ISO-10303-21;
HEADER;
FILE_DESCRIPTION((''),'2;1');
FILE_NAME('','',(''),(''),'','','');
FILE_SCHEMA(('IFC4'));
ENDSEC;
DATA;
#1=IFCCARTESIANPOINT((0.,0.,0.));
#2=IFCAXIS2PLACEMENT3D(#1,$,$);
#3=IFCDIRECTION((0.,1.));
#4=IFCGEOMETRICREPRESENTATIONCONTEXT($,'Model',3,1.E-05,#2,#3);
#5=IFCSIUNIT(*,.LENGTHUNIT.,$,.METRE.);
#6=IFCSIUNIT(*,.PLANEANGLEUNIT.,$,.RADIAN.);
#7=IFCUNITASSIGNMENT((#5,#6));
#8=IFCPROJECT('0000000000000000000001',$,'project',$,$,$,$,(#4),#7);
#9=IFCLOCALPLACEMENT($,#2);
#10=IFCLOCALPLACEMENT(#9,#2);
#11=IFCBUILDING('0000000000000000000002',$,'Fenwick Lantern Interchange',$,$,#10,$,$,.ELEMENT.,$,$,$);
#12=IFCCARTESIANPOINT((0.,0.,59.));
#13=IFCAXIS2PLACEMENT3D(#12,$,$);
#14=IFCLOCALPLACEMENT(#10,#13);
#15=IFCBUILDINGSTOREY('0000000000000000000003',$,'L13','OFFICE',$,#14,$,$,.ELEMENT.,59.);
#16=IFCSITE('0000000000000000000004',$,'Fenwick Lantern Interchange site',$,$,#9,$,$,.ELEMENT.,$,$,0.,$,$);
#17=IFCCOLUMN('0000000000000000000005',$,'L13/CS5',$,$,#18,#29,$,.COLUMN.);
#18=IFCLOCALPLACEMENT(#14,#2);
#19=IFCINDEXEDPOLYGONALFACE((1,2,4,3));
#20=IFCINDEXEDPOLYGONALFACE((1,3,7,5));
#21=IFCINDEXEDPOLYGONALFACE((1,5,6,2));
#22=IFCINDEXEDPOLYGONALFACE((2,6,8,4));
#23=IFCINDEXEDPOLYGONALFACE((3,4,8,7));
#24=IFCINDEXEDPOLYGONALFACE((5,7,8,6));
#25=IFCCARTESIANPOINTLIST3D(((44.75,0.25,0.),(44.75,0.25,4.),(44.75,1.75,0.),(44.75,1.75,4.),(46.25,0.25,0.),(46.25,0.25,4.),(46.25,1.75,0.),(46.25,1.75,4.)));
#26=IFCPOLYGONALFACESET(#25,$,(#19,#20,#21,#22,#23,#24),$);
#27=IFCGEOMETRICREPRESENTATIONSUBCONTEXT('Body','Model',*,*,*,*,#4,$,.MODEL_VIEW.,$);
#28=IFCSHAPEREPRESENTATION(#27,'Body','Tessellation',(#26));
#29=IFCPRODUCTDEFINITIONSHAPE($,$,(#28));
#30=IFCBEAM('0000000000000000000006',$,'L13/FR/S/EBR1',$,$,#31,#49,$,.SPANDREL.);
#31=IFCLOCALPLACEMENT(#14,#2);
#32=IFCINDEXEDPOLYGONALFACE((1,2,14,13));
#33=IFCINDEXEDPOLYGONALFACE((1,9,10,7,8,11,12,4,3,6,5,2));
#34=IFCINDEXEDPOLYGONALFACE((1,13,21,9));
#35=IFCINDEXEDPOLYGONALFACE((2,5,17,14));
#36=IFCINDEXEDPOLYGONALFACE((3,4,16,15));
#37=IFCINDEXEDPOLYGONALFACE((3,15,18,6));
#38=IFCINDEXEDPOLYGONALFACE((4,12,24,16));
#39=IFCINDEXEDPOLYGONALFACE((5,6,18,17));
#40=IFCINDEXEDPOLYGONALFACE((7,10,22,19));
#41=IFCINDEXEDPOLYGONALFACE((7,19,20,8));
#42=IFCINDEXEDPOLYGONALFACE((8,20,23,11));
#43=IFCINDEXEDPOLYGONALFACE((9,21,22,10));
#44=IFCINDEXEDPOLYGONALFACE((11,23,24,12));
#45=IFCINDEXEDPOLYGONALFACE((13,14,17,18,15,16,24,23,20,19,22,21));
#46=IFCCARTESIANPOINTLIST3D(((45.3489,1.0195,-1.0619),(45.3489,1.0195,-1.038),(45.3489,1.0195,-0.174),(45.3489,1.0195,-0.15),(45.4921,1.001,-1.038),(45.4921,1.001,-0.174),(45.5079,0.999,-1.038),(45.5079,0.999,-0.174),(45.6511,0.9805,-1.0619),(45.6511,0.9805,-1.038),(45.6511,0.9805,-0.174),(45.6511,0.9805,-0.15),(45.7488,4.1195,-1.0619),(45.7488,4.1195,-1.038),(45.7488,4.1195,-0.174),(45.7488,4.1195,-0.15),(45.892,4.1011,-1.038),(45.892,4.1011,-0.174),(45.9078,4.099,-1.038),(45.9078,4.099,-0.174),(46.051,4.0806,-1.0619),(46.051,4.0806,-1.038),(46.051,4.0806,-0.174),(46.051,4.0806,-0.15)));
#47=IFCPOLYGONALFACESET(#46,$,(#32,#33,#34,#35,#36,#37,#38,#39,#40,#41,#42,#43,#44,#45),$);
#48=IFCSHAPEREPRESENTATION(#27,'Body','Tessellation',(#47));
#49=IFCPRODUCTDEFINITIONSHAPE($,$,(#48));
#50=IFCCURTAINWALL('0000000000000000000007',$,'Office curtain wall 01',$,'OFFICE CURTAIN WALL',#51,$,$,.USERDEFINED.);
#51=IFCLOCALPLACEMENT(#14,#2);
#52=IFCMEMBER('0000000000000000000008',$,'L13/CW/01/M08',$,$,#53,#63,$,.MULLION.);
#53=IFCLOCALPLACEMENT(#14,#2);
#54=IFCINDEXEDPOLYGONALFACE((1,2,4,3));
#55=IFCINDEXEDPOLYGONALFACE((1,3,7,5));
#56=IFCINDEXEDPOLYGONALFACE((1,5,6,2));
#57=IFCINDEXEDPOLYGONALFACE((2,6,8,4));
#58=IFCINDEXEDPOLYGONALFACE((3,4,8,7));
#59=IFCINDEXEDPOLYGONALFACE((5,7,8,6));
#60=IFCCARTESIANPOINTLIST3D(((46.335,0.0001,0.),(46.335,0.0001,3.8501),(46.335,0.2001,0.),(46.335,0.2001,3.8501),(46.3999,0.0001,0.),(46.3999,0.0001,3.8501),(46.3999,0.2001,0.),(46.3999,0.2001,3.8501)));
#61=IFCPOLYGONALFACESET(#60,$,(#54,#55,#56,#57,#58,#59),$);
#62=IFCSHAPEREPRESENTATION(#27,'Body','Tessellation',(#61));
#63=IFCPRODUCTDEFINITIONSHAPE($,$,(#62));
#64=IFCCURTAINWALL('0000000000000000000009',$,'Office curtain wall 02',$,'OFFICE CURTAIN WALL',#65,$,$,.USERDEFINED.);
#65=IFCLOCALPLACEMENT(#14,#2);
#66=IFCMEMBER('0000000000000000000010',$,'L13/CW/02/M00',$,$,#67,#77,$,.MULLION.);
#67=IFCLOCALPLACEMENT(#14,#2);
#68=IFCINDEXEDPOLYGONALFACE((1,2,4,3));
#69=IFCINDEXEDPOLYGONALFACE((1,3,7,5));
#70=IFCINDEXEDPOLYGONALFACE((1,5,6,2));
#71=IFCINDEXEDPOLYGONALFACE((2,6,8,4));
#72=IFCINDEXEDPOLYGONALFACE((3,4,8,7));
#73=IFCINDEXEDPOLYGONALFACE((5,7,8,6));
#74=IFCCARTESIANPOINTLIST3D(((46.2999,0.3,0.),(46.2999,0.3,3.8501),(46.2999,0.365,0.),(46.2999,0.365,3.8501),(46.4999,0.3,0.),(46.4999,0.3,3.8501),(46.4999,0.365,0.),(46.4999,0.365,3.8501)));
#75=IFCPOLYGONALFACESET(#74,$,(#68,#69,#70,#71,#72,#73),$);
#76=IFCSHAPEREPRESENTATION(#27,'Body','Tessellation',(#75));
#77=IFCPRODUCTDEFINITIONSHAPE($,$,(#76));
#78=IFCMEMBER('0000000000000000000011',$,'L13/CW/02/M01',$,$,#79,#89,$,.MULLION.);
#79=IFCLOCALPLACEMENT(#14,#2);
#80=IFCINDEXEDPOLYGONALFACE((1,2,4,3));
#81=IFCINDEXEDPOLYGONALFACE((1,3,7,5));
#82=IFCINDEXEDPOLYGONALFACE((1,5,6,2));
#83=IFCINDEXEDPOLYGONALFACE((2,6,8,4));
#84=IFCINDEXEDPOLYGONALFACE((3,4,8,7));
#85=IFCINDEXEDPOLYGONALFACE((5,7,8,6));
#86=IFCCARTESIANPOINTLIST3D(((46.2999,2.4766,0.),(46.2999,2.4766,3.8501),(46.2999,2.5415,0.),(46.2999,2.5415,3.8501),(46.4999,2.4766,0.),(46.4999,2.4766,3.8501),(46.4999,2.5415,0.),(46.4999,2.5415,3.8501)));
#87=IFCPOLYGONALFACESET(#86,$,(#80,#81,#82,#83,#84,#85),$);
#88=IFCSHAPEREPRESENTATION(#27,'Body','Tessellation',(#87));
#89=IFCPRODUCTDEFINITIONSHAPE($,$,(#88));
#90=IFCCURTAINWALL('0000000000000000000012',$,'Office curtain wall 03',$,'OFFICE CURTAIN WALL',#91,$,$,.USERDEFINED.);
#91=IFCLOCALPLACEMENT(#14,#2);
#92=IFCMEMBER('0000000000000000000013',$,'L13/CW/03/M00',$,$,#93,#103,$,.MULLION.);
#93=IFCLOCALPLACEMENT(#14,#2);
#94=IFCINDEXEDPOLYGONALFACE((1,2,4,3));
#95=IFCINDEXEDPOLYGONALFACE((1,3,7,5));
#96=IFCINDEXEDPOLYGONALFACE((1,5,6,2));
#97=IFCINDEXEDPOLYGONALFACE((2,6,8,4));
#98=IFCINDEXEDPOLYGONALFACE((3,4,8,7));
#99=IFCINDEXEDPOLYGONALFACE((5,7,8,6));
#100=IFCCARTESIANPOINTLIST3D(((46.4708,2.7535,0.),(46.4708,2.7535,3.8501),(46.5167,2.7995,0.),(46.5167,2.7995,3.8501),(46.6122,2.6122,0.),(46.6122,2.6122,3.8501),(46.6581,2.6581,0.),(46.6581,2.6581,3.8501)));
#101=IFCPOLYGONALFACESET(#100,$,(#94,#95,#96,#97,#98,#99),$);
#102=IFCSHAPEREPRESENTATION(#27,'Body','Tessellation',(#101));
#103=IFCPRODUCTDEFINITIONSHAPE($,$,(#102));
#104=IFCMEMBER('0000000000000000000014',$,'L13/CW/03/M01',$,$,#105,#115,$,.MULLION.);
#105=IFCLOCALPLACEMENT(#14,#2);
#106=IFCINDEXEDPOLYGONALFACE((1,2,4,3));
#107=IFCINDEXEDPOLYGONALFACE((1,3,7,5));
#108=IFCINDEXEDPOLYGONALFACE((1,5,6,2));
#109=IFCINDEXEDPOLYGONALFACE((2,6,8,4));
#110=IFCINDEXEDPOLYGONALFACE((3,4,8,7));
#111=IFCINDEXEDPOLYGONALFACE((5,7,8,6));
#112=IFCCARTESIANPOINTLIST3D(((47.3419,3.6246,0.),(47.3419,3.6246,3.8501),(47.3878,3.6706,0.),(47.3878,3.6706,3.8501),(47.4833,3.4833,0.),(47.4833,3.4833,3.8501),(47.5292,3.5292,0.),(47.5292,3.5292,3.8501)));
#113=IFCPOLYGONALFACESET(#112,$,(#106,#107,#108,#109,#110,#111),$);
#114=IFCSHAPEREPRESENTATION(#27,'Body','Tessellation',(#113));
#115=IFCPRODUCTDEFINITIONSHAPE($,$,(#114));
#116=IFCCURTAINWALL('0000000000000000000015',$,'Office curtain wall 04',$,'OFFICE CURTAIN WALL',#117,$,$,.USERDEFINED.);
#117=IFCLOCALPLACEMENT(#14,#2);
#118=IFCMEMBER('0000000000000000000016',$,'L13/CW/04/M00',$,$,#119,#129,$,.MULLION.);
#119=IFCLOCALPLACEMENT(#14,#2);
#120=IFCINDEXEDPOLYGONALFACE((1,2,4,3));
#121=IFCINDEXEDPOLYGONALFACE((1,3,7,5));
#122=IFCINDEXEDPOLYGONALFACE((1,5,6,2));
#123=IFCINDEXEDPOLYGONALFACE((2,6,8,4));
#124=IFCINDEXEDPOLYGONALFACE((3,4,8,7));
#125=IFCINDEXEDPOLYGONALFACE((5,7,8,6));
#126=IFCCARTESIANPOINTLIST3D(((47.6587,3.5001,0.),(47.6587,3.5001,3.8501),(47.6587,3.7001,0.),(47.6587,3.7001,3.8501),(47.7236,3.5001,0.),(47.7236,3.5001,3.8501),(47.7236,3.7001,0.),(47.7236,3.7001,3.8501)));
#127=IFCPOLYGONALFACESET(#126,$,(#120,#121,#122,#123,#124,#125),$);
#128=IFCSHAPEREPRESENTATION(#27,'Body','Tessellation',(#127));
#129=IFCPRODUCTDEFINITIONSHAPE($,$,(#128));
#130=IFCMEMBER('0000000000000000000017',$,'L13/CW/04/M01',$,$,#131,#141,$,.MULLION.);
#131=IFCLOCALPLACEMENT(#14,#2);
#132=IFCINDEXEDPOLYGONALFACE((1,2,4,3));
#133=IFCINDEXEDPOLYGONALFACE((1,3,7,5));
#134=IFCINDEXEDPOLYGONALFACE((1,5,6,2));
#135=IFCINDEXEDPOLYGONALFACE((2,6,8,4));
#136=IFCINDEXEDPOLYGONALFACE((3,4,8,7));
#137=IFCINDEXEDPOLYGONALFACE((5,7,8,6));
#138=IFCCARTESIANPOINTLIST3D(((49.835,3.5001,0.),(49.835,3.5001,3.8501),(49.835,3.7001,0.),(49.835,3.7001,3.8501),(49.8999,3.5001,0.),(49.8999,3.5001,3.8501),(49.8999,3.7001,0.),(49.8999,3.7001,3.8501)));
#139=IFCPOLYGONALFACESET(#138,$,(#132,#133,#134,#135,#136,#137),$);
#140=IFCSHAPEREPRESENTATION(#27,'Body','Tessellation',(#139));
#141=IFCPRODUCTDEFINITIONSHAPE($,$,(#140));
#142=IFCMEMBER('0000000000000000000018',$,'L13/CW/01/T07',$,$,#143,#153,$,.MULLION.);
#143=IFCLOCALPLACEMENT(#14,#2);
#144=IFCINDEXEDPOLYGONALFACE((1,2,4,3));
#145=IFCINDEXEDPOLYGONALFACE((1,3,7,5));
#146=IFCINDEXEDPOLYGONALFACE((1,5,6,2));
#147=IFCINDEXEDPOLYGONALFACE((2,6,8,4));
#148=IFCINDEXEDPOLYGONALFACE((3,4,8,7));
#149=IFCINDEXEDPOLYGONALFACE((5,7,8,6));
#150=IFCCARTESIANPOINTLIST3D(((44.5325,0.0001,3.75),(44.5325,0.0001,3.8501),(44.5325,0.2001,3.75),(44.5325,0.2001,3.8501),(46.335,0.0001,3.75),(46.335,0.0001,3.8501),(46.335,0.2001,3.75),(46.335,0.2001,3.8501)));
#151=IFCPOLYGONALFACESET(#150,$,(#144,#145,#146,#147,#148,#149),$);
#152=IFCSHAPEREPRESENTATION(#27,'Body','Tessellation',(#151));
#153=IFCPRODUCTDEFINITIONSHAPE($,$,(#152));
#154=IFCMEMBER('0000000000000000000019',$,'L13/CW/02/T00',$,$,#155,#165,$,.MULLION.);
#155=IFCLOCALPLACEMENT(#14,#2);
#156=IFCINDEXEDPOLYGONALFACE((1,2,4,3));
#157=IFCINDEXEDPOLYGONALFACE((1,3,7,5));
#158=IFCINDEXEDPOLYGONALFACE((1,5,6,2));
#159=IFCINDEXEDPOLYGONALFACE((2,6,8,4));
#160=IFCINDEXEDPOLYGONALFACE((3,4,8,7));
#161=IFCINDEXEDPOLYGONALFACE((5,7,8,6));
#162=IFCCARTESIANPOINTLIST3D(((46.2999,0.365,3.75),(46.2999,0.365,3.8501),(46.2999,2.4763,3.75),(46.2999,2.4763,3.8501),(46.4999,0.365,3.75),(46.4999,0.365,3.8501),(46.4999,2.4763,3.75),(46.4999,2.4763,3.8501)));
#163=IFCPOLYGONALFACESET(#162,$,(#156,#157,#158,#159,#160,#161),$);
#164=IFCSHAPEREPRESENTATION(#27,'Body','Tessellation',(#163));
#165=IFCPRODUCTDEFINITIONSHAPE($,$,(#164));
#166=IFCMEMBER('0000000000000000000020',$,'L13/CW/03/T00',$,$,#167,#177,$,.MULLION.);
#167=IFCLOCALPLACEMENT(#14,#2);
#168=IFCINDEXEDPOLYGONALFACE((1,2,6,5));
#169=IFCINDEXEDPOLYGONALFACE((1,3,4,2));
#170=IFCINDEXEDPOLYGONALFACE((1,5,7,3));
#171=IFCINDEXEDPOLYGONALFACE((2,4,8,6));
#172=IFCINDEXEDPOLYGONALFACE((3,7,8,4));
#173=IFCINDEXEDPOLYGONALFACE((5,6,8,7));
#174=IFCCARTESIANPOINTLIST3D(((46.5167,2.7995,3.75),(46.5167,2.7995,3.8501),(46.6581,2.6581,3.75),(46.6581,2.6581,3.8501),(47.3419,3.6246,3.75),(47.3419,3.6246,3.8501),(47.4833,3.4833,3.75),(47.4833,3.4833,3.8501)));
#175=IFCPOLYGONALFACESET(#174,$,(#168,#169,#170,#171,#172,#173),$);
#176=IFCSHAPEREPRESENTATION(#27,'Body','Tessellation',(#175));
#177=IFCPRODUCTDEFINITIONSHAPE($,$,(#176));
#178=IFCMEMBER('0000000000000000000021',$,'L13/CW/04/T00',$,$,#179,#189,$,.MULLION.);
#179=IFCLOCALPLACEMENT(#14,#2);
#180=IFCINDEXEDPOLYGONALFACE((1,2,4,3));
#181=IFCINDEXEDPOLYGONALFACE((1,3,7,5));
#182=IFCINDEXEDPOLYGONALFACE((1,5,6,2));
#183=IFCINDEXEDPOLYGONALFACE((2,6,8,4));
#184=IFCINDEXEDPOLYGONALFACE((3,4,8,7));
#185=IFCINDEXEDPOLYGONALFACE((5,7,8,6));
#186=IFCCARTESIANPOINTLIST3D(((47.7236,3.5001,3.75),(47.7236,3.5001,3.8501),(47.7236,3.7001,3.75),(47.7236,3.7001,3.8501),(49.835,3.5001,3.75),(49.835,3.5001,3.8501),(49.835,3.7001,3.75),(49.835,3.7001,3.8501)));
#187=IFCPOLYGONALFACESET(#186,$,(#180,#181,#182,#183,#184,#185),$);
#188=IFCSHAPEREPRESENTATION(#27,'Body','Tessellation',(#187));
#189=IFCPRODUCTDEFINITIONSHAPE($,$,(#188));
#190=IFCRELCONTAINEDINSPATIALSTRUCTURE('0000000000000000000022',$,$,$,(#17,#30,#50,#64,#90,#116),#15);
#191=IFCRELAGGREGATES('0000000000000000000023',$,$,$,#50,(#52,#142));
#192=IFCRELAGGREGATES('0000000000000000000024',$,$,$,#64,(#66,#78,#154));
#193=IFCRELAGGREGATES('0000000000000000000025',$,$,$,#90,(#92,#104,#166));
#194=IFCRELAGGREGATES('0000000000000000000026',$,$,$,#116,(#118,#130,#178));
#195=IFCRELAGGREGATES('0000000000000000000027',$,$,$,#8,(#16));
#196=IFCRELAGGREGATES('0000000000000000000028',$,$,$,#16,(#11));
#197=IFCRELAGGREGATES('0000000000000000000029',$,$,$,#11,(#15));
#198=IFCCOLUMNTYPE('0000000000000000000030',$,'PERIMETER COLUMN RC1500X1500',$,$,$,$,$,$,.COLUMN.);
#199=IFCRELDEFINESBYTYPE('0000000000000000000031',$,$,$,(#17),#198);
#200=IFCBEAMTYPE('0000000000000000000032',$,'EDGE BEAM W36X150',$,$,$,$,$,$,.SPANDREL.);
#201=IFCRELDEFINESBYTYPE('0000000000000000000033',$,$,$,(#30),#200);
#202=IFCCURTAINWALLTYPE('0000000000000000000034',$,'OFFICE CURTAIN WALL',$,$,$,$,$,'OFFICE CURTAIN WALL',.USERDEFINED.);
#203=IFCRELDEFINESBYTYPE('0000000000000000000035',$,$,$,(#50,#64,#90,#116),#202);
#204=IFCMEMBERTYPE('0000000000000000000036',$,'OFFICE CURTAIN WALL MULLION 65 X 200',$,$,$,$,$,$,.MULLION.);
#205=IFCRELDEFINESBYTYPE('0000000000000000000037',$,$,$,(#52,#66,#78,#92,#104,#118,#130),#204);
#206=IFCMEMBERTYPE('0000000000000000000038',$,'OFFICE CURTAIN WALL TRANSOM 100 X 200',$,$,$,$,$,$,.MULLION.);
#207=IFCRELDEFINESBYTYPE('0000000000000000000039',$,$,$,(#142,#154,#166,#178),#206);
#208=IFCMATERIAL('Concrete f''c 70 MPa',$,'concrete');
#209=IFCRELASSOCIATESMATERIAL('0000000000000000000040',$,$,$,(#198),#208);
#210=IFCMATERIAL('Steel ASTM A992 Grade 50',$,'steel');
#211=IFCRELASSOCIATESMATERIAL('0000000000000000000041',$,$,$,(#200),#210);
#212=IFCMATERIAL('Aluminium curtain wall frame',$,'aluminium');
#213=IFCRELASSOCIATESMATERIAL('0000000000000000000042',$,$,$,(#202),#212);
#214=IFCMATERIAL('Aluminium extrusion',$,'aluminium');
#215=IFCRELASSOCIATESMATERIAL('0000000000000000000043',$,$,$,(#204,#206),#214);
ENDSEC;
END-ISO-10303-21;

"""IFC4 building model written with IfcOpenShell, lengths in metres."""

from ifc_helpers import new_model, si_unit, direction, frame, origin, origin_2d, place, context, subcontext, project, spatial, rectangle, i_section, extrude, material, material_profile, profile_set, type_object, element, aggregate, save


model = new_model("IFC4")

# Units and contexts
model_context = context("Model", 3, precision=1e-05, world=origin(), true_north=direction((0.0, 1.0)))
body_context = subcontext(model_context, "Body", "Model", "MODEL_VIEW")
ifc_project = project(units=[si_unit("LENGTHUNIT", "METRE"), si_unit("PLANEANGLEUNIT", "RADIAN")], contexts=[model_context])

# Site, building, storey
site_placement = place(None, origin())
site = spatial("IfcSite", under=ifc_project, at=site_placement, Name="Fenwick Lantern Interchange site", CompositionType="ELEMENT", RefElevation=0.0)
building_placement = place(site_placement, origin())
building = spatial("IfcBuilding", under=site, at=building_placement, Name="Fenwick Lantern Interchange", CompositionType="ELEMENT")
storey_placement = place(building_placement, frame((0.0, 0.0, 59.0)))
storey = spatial("IfcBuildingStorey", under=building, at=storey_placement, Name="L13", Description="OFFICE", CompositionType="ELEMENT", Elevation=59.0)

# Column
ifc_material_1 = material(Name="Concrete f'c 70 MPa", Category="concrete")
ifc_material_profile_1 = material_profile(ifc_material_1, rectangle(XDim=1.5, YDim=1.5, at=origin_2d()), Name="RC1500X1500")
ifc_profile_set_1 = profile_set([ifc_material_profile_1], Name="Concrete f'c 70 MPa")
column_type = type_object("IfcColumnType", Name="PERIMETER COLUMN RC1500X1500", PredefinedType="COLUMN", material=ifc_profile_set_1)
column_placement = place(storey_placement, frame((45.5, 1.0, 0.0), z_axis=(0.0, 0.0, 1.0), x_axis=(1.0, 0.0, 0.0)))
element("IfcColumn", 1, at=column_placement, inside=storey, type_object=column_type, Name="L13/CS5", PredefinedType="COLUMN", context=body_context, shape_type="SweptSolid", body=[
    extrude(rectangle(XDim=1.5, YDim=1.5, at=origin_2d()), origin(), (0.0, 0.0, 1.0), 4.0),
])

# Beam
ifc_material_2 = material(Name="Steel ASTM A992 Grade 50", Category="steel")
ifc_material_profile_2 = material_profile(ifc_material_2, i_section(OverallWidth=0.3047, OverallDepth=0.9119, WebThickness=0.0159, FlangeThickness=0.0239, at=origin_2d()), Name="W36X150")
ifc_profile_set_2 = profile_set([ifc_material_profile_2], Name="Steel ASTM A992 Grade 50")
beam_type = type_object("IfcBeamType", Name="EDGE BEAM W36X150", PredefinedType="SPANDREL", material=ifc_profile_set_2)
beam_placement = place(storey_placement, frame((45.5, 1.0, -0.606), z_axis=(0.127937, 0.991782, 0.0), x_axis=(-0.991782, 0.127937, 0.0)))
element("IfcBeam", 2, at=beam_placement, inside=storey, type_object=beam_type, Name="L13/FR/S/EBR1", PredefinedType="SPANDREL", context=body_context, shape_type="SweptSolid", body=[
    extrude(i_section(OverallWidth=0.3047, OverallDepth=0.9119, WebThickness=0.0159, FlangeThickness=0.0239, at=origin_2d()), origin(), (0.0, 0.0, 1.0), 3.1257),
])

# Curtain wall, member
ifc_material_3 = material(Name="Aluminium curtain wall frame", Category="aluminium")
curtain_wall_type = type_object("IfcCurtainWallType", Name="OFFICE CURTAIN WALL", ElementType="OFFICE CURTAIN WALL", PredefinedType="USERDEFINED", material=ifc_material_3)
curtain_wall_1_placement = place(storey_placement, origin())
curtain_wall_1 = element("IfcCurtainWall", 3, at=curtain_wall_1_placement, inside=storey, type_object=curtain_wall_type, Name="Office curtain wall 01", ObjectType="OFFICE CURTAIN WALL", PredefinedType="USERDEFINED")
ifc_material_4 = material(Name="Aluminium extrusion", Category="aluminium")
ifc_material_profile_3 = material_profile(ifc_material_4, rectangle(XDim=0.2, YDim=0.0649, at=origin_2d()), Name="OFFICE CURTAIN WALL MULLION 65 X 200")
ifc_profile_set_3 = profile_set([ifc_material_profile_3], Name="Aluminium extrusion")
member_type_1 = type_object("IfcMemberType", Name="OFFICE CURTAIN WALL MULLION 65 X 200", PredefinedType="MULLION", material=ifc_profile_set_3)
member_1_placement = place(storey_placement, frame((46.3674, 0.1001, 0.0), z_axis=(0.0, 0.0, 1.0), x_axis=(0.0, 1.0, 0.0)))
member_1 = element("IfcMember", 4, at=member_1_placement, type_object=member_type_1, Name="L13/CW/01/M08", PredefinedType="MULLION", context=body_context, shape_type="SweptSolid", body=[
    extrude(rectangle(XDim=0.2, YDim=0.0649, at=origin_2d()), origin(), (0.0, 0.0, 1.0), 3.8501),
])

# Curtain walls, members
curtain_wall_2_placement = place(storey_placement, origin())
curtain_wall_2 = element("IfcCurtainWall", 5, at=curtain_wall_2_placement, inside=storey, type_object=curtain_wall_type, Name="Office curtain wall 02", ObjectType="OFFICE CURTAIN WALL", PredefinedType="USERDEFINED")
member_2_placement = place(storey_placement, frame((46.3999, 0.3325, 0.0), z_axis=(0.0, 0.0, 1.0), x_axis=(-1.0, 0.0, 0.0)))
member_2 = element("IfcMember", 6, at=member_2_placement, type_object=member_type_1, Name="L13/CW/02/M00", PredefinedType="MULLION", context=body_context, shape_type="SweptSolid", body=[
    extrude(rectangle(XDim=0.2, YDim=0.0649, at=origin_2d()), origin(), (0.0, 0.0, 1.0), 3.8501),
])
member_3_placement = place(storey_placement, frame((46.3999, 2.509, 0.0), z_axis=(0.0, 0.0, 1.0), x_axis=(-1.0, 0.0, 0.0)))
member_3 = element("IfcMember", 7, at=member_3_placement, type_object=member_type_1, Name="L13/CW/02/M01", PredefinedType="MULLION", context=body_context, shape_type="SweptSolid", body=[
    extrude(rectangle(XDim=0.2, YDim=0.0649, at=origin_2d()), origin(), (0.0, 0.0, 1.0), 3.8501),
])
curtain_wall_3_placement = place(storey_placement, origin())
curtain_wall_3 = element("IfcCurtainWall", 8, at=curtain_wall_3_placement, inside=storey, type_object=curtain_wall_type, Name="Office curtain wall 03", ObjectType="OFFICE CURTAIN WALL", PredefinedType="USERDEFINED")
member_4_placement = place(storey_placement, frame((46.5645, 2.7058, 0.0), z_axis=(0.0, 0.0, 1.0), x_axis=(-0.707107, 0.707107, 0.0)))
member_4 = element("IfcMember", 9, at=member_4_placement, type_object=member_type_1, Name="L13/CW/03/M00", PredefinedType="MULLION", context=body_context, shape_type="SweptSolid", body=[
    extrude(rectangle(XDim=0.2, YDim=0.0649, at=origin_2d()), origin(), (0.0, 0.0, 1.0), 3.8501),
])
member_5_placement = place(storey_placement, frame((47.4355, 3.5769, 0.0), z_axis=(0.0, 0.0, 1.0), x_axis=(-0.707107, 0.707107, 0.0)))
member_5 = element("IfcMember", 10, at=member_5_placement, type_object=member_type_1, Name="L13/CW/03/M01", PredefinedType="MULLION", context=body_context, shape_type="SweptSolid", body=[
    extrude(rectangle(XDim=0.2, YDim=0.0649, at=origin_2d()), origin(), (0.0, 0.0, 1.0), 3.8501),
])
curtain_wall_4_placement = place(storey_placement, origin())
curtain_wall_4 = element("IfcCurtainWall", 11, at=curtain_wall_4_placement, inside=storey, type_object=curtain_wall_type, Name="Office curtain wall 04", ObjectType="OFFICE CURTAIN WALL", PredefinedType="USERDEFINED")
member_6_placement = place(storey_placement, frame((47.6912, 3.6001, 0.0), z_axis=(0.0, 0.0, 1.0), x_axis=(0.0, 1.0, 0.0)))
member_6 = element("IfcMember", 12, at=member_6_placement, type_object=member_type_1, Name="L13/CW/04/M00", PredefinedType="MULLION", context=body_context, shape_type="SweptSolid", body=[
    extrude(rectangle(XDim=0.2, YDim=0.0649, at=origin_2d()), origin(), (0.0, 0.0, 1.0), 3.8501),
])
member_7_placement = place(storey_placement, frame((49.8674, 3.6001, 0.0), z_axis=(0.0, 0.0, 1.0), x_axis=(0.0, 1.0, 0.0)))
member_7 = element("IfcMember", 13, at=member_7_placement, type_object=member_type_1, Name="L13/CW/04/M01", PredefinedType="MULLION", context=body_context, shape_type="SweptSolid", body=[
    extrude(rectangle(XDim=0.2, YDim=0.0649, at=origin_2d()), origin(), (0.0, 0.0, 1.0), 3.8501),
])

# Members
ifc_material_profile_4 = material_profile(ifc_material_4, rectangle(XDim=0.2, YDim=0.1001, at=origin_2d()), Name="OFFICE CURTAIN WALL TRANSOM 100 X 200")
ifc_profile_set_4 = profile_set([ifc_material_profile_4], Name="Aluminium extrusion")
member_type_2 = type_object("IfcMemberType", Name="OFFICE CURTAIN WALL TRANSOM 100 X 200", PredefinedType="MULLION", material=ifc_profile_set_4)
member_8_placement = place(storey_placement, frame((44.5325, 0.1001, 3.8), z_axis=(1.0, 0.0, 0.0), x_axis=(0.0, 1.0, 0.0)))
member_8 = element("IfcMember", 14, at=member_8_placement, type_object=member_type_2, Name="L13/CW/01/T07", PredefinedType="MULLION", context=body_context, shape_type="SweptSolid", body=[
    extrude(rectangle(XDim=0.2, YDim=0.1001, at=origin_2d()), origin(), (0.0, 0.0, 1.0), 1.8025),
])
aggregate(curtain_wall_1, [member_1, member_8])
member_9_placement = place(storey_placement, frame((46.3999, 0.365, 3.8), z_axis=(0.0, 1.0, 0.0), x_axis=(-1.0, 0.0, 0.0)))
member_9 = element("IfcMember", 15, at=member_9_placement, type_object=member_type_2, Name="L13/CW/02/T00", PredefinedType="MULLION", context=body_context, shape_type="SweptSolid", body=[
    extrude(rectangle(XDim=0.2, YDim=0.1001, at=origin_2d()), origin(), (0.0, 0.0, 1.0), 2.1113),
])
member_10_placement = place(storey_placement, frame((46.5874, 2.7288, 3.8), z_axis=(0.707107, 0.707107, 0.0), x_axis=(-0.707107, 0.707107, 0.0)))
member_10 = element("IfcMember", 16, at=member_10_placement, type_object=member_type_2, Name="L13/CW/03/T00", PredefinedType="MULLION", context=body_context, shape_type="SweptSolid", body=[
    extrude(rectangle(XDim=0.2, YDim=0.1001, at=origin_2d()), origin(), (0.0, 0.0, 1.0), 1.167),
])
member_11_placement = place(storey_placement, frame((47.7236, 3.6001, 3.8), z_axis=(1.0, 0.0, 0.0), x_axis=(0.0, 1.0, 0.0)))
member_11 = element("IfcMember", 17, at=member_11_placement, type_object=member_type_2, Name="L13/CW/04/T00", PredefinedType="MULLION", context=body_context, shape_type="SweptSolid", body=[
    extrude(rectangle(XDim=0.2, YDim=0.1001, at=origin_2d()), origin(), (0.0, 0.0, 1.0), 2.1113),
])

aggregate(curtain_wall_2, [member_2, member_3, member_9])
aggregate(curtain_wall_3, [member_4, member_5, member_10])
aggregate(curtain_wall_4, [member_6, member_7, member_11])

save(model, "model.ifc")
